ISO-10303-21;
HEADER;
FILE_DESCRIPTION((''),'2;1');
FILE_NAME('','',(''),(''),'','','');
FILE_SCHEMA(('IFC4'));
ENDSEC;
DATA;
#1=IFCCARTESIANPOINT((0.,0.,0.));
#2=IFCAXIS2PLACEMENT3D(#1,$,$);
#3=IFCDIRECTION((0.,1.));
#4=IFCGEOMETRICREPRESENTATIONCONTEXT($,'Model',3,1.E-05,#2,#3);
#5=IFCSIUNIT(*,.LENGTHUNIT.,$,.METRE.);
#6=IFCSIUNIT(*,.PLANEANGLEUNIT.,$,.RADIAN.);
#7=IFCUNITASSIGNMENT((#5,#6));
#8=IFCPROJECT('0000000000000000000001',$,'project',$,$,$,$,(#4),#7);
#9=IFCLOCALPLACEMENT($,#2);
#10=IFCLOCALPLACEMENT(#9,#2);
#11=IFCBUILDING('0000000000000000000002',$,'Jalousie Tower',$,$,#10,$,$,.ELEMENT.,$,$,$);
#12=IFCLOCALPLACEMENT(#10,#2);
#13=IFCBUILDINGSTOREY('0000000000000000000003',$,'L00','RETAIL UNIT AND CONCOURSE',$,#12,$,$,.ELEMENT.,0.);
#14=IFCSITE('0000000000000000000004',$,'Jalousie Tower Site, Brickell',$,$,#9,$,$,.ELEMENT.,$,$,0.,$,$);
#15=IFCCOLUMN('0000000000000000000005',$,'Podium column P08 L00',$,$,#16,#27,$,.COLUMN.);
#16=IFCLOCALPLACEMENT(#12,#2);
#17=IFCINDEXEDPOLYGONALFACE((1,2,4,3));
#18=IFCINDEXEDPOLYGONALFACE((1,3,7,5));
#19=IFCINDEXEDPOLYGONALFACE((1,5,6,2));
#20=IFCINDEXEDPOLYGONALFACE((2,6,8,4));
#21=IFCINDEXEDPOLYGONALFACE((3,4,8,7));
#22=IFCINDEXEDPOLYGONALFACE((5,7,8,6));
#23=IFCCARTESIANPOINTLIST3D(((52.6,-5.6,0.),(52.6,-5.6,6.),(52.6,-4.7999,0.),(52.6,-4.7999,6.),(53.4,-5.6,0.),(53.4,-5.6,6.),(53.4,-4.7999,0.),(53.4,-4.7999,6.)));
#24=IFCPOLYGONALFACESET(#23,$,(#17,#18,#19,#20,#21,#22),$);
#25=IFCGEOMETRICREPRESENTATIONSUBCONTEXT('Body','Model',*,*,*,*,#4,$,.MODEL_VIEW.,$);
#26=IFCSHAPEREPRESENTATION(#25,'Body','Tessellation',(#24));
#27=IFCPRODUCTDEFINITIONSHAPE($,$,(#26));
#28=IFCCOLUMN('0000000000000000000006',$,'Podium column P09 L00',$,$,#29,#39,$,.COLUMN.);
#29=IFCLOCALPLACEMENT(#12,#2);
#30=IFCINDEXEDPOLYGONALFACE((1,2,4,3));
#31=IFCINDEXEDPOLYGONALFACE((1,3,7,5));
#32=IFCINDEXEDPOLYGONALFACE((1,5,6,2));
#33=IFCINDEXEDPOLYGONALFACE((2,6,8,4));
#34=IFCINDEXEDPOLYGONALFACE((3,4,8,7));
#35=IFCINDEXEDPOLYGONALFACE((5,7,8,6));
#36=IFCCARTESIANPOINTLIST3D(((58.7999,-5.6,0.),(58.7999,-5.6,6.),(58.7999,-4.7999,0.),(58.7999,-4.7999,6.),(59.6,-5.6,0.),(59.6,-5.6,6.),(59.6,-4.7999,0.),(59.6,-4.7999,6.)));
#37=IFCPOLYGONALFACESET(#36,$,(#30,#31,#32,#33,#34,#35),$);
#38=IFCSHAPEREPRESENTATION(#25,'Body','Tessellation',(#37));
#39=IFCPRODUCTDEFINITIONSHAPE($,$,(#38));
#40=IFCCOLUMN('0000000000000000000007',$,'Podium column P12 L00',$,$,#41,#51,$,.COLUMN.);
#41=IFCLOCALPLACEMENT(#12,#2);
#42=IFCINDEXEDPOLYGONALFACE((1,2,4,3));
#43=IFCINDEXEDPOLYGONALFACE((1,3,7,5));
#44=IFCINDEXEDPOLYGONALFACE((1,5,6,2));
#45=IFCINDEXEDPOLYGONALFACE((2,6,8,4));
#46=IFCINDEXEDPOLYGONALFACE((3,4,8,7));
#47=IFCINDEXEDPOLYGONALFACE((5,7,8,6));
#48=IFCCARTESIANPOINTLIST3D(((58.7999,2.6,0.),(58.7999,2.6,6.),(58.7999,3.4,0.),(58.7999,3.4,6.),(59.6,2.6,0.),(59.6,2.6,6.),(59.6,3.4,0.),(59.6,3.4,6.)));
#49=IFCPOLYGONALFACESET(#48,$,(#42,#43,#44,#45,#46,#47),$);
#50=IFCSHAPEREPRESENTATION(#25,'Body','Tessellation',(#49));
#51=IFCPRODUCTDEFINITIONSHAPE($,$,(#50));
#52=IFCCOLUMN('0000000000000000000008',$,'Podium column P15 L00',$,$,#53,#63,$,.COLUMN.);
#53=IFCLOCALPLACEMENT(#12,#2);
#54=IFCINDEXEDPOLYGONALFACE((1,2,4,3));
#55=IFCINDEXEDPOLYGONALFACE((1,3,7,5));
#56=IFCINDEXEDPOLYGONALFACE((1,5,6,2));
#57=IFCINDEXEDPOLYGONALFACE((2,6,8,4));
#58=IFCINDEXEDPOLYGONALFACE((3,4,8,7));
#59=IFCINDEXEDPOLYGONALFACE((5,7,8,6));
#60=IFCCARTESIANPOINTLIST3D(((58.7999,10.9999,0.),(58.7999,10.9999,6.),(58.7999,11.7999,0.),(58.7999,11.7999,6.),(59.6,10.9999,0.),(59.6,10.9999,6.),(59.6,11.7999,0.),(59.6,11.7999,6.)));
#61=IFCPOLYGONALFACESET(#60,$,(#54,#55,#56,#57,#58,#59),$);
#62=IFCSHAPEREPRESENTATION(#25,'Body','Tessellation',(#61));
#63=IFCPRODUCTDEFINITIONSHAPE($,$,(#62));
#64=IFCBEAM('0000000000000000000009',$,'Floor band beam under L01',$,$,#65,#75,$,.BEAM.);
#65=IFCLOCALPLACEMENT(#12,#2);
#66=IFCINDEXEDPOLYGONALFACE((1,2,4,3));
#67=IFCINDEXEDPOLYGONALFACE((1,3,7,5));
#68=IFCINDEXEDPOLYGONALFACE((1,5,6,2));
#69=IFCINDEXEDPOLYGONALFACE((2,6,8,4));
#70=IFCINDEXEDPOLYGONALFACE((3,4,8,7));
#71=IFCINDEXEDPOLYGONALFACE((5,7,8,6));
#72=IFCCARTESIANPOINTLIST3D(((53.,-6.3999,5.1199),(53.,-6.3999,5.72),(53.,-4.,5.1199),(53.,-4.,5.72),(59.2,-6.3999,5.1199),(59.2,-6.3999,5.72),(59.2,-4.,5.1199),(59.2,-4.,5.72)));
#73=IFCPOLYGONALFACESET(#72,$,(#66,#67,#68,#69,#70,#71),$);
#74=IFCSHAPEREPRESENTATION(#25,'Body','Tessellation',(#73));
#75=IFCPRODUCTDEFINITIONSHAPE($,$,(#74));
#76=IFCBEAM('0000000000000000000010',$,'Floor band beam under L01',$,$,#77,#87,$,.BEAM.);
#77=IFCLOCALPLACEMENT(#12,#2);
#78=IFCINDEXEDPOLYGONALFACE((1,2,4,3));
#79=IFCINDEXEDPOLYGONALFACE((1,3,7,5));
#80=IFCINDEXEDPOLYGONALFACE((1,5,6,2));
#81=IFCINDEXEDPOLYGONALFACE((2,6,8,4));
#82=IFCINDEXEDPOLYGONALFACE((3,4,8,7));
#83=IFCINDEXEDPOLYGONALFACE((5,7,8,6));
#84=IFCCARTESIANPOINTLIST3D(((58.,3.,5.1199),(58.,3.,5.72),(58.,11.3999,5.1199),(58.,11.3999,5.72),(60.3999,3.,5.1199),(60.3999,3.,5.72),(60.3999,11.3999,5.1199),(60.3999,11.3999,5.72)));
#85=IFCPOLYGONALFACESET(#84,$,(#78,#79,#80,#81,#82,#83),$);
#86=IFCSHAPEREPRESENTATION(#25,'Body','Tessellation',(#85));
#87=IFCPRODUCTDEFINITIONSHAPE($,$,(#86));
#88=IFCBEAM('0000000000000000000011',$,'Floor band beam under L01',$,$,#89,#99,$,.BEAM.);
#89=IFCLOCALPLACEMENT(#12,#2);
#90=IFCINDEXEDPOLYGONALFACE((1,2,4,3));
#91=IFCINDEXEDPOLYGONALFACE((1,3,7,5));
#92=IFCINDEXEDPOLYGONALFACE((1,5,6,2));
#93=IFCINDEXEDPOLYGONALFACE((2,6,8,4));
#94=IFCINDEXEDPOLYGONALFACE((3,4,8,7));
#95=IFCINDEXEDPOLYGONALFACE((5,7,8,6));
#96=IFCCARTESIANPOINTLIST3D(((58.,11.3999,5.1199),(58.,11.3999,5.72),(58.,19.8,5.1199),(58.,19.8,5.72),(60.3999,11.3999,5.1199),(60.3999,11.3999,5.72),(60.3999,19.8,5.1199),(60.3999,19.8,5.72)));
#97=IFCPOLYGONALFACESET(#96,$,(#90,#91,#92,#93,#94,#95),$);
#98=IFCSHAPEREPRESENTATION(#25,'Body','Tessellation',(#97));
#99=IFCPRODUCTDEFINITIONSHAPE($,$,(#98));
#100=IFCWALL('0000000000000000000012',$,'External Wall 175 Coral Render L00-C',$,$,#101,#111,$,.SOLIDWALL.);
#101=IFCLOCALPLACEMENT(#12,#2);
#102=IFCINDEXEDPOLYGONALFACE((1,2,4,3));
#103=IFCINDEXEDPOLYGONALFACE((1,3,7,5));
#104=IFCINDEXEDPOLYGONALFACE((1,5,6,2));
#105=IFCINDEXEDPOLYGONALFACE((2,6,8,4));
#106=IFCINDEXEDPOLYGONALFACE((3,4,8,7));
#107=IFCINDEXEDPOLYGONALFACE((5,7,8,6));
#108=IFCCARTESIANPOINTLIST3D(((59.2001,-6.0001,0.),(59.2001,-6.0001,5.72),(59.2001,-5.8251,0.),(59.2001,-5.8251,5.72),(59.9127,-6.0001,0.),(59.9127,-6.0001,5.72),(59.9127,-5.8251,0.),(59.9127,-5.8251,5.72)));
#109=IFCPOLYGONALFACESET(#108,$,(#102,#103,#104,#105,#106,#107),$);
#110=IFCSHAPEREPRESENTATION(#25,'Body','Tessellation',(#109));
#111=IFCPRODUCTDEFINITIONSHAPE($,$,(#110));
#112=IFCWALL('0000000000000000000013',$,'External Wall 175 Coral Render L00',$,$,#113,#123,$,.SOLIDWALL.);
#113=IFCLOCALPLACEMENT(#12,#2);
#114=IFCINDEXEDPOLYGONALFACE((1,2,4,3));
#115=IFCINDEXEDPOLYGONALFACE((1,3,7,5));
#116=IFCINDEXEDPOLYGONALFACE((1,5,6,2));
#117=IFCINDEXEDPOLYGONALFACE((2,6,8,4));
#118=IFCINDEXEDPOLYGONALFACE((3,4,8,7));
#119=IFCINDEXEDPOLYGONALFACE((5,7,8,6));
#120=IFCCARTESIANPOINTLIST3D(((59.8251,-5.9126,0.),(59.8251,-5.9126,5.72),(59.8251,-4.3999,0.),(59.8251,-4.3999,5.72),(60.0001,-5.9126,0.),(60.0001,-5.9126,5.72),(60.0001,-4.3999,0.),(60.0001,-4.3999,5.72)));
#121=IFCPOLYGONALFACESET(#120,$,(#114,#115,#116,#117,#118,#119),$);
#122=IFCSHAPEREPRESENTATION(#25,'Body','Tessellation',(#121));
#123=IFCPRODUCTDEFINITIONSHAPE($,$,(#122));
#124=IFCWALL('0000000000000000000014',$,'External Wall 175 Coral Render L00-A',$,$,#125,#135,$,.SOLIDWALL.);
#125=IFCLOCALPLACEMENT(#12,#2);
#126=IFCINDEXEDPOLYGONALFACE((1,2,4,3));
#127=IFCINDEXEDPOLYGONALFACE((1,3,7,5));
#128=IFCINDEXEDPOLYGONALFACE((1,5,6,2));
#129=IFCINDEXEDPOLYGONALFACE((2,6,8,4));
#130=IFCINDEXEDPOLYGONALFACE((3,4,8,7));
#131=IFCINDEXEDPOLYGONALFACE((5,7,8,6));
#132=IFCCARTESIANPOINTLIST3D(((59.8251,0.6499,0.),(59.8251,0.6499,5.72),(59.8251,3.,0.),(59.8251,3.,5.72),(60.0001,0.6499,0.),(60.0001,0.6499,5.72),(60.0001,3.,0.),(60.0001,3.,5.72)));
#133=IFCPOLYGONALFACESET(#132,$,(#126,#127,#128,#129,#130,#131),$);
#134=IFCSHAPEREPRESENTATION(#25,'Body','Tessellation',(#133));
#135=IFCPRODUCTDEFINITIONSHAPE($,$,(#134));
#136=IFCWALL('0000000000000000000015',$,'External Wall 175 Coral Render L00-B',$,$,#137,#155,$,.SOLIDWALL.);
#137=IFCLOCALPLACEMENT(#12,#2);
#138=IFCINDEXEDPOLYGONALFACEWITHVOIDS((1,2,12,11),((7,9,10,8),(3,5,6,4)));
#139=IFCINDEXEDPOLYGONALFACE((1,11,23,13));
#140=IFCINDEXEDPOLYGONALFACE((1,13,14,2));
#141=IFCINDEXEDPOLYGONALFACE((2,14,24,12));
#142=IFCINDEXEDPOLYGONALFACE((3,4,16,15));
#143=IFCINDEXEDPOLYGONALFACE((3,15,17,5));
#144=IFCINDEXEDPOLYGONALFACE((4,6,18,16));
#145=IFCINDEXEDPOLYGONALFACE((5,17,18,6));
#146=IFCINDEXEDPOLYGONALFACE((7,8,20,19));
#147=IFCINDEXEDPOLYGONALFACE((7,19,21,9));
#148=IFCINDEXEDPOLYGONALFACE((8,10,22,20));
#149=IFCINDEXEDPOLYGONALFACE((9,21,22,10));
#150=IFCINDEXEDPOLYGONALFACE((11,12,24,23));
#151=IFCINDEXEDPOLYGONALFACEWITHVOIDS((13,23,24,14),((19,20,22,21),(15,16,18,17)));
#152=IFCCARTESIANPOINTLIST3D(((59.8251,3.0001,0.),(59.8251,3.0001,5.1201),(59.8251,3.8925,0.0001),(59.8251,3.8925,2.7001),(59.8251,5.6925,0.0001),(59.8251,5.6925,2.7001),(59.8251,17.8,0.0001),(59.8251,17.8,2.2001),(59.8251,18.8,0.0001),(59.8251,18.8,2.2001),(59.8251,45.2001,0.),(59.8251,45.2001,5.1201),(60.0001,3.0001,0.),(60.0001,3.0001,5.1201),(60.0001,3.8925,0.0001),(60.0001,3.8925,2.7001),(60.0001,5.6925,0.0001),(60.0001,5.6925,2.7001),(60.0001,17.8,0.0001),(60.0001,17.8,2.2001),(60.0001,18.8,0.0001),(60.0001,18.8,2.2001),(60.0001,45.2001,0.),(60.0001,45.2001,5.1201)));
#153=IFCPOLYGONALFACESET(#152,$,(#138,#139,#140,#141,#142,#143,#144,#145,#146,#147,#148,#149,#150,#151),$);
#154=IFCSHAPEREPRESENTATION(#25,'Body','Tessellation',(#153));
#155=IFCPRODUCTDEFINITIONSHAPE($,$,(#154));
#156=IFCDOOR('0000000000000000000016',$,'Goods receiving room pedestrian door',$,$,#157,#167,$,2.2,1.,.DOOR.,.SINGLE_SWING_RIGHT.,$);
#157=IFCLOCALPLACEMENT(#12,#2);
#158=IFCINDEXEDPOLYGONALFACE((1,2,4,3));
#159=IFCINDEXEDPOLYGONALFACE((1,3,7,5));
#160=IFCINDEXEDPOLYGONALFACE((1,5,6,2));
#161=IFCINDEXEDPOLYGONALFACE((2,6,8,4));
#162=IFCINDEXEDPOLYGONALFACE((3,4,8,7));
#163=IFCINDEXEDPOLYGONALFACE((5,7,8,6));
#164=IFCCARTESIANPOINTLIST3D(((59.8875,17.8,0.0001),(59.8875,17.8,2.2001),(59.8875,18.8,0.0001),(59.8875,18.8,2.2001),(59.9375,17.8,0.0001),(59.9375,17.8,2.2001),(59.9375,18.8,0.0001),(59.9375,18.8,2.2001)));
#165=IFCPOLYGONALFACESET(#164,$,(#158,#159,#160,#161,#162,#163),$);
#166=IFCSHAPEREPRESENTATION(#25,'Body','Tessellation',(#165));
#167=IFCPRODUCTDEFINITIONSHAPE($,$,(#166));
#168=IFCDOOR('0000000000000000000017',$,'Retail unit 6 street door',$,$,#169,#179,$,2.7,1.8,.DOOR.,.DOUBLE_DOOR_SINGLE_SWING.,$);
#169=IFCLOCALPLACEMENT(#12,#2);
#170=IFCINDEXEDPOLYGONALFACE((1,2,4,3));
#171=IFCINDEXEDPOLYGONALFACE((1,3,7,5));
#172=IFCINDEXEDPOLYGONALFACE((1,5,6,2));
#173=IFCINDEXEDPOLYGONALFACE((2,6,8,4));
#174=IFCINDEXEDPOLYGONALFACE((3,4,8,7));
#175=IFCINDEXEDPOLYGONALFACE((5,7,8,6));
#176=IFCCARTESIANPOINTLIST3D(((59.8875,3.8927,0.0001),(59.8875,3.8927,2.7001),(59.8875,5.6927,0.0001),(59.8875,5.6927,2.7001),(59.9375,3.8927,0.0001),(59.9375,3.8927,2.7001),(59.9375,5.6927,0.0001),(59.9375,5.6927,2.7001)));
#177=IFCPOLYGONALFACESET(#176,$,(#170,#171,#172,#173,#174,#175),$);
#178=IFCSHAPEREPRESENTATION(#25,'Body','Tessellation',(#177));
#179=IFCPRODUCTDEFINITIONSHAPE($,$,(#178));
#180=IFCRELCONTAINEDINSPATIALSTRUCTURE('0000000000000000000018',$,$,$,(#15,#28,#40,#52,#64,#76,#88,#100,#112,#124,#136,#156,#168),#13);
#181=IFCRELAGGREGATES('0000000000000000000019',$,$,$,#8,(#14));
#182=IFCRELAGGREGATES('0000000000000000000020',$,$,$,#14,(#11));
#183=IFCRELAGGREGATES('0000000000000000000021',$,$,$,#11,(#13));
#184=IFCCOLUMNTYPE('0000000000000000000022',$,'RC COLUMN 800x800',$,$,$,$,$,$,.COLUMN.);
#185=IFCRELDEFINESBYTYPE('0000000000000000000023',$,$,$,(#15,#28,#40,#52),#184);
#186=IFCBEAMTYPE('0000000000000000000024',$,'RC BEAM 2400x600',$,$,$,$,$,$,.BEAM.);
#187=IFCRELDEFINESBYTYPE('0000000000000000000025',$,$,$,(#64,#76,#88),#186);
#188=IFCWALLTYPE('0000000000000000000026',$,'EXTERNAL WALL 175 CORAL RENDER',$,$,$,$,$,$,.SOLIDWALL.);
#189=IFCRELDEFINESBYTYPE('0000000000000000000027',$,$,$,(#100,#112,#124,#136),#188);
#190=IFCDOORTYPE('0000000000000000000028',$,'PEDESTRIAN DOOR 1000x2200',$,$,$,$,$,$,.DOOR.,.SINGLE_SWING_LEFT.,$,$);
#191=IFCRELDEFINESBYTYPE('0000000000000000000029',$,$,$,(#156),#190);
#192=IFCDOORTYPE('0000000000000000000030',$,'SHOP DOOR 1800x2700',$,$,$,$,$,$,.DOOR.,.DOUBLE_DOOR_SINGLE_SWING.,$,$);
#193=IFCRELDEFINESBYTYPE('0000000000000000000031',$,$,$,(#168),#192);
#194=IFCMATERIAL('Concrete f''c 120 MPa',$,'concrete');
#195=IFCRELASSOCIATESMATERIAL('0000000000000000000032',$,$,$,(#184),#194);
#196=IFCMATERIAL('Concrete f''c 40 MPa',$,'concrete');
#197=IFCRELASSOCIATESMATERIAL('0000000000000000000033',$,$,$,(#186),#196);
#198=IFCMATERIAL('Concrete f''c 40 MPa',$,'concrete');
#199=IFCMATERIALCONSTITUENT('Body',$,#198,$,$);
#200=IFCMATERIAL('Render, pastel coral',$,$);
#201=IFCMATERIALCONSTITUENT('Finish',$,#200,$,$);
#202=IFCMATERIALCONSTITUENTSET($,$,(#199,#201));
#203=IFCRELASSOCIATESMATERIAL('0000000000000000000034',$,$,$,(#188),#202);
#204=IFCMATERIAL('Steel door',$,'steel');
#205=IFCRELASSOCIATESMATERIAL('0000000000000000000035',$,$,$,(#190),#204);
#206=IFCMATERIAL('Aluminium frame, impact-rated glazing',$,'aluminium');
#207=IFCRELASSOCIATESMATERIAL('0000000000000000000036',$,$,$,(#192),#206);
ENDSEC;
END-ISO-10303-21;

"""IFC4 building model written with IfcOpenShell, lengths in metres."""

from ifc_helpers import new_model, si_unit, direction, frame, frame_2d, origin, origin_2d, place, context, subcontext, project, spatial, rectangle, extrude, material, constituent, constituent_set, material_profile, profile_set, type_object, element, fill, save


model = new_model("IFC4")

# Units and contexts
model_context = context("Model", 3, precision=1e-05, world=origin(), true_north=direction((0.0, 1.0)))
body_context = subcontext(model_context, "Body", "Model", "MODEL_VIEW")
ifc_project = project(units=[si_unit("LENGTHUNIT", "METRE"), si_unit("PLANEANGLEUNIT", "RADIAN")], contexts=[model_context])

# Site, building, storey
site_placement = place(None, origin())
site = spatial("IfcSite", under=ifc_project, at=site_placement, Name="Jalousie Tower Site, Brickell", CompositionType="ELEMENT", RefElevation=0.0)
building_placement = place(site_placement, origin())
building = spatial("IfcBuilding", under=site, at=building_placement, Name="Jalousie Tower", CompositionType="ELEMENT")
storey_placement = place(building_placement, origin())
storey = spatial("IfcBuildingStorey", under=building, at=storey_placement, Name="L00", Description="RETAIL UNIT AND CONCOURSE", CompositionType="ELEMENT", Elevation=0.0)

# Columns
ifc_material_1 = material(Name="Concrete f'c 120 MPa", Category="concrete")
ifc_material_profile_1 = material_profile(ifc_material_1, rectangle(XDim=0.8, YDim=0.8, at=origin_2d()), Name="RC 800x800")
ifc_profile_set_1 = profile_set([ifc_material_profile_1], Name="Concrete f'c 120 MPa")
column_type = type_object("IfcColumnType", Name="RC COLUMN 800x800", PredefinedType="COLUMN", material=ifc_profile_set_1)
for number, where, z_axis, x_axis, name in (
    (1, (53.0, -5.2, 0.0), (0.0, 0.0, 1.0), (1.0, 0.0, 0.0), "Podium column P08 L00"),
    (2, (59.2, -5.2, 0.0), (0.0, 0.0, 1.0), (1.0, 0.0, 0.0), "Podium column P09 L00"),
    (3, (59.2, 3.0, 0.0), (0.0, 0.0, 1.0), (1.0, 0.0, 0.0), "Podium column P12 L00"),
    (4, (59.2, 11.3999, 0.0), (0.0, 0.0, 1.0), (1.0, 0.0, 0.0), "Podium column P15 L00"),
):
    element("IfcColumn", number, at=place(storey_placement, frame(where, z_axis=z_axis, x_axis=x_axis)), inside=storey, type_object=column_type, Name=name, PredefinedType="COLUMN", context=body_context, shape_type="SweptSolid", body=[
        extrude(rectangle(XDim=0.8, YDim=0.8, at=origin_2d()), origin(), (0.0, 0.0, 1.0), 6.0),
    ])

# Beams
ifc_material_2 = material(Name="Concrete f'c 40 MPa", Category="concrete")
ifc_material_profile_2 = material_profile(ifc_material_2, rectangle(XDim=2.3999, YDim=0.6001, at=origin_2d()), Name="RC 2400x600")
ifc_profile_set_2 = profile_set([ifc_material_profile_2], Name="Concrete f'c 40 MPa")
beam_type = type_object("IfcBeamType", Name="RC BEAM 2400x600", PredefinedType="BEAM", material=ifc_profile_set_2)
beam_1_placement = place(storey_placement, frame((53.0, -5.2, 5.4199), z_axis=(1.0, 0.0, 0.0), x_axis=(0.0, 1.0, 0.0)))
element("IfcBeam", 5, at=beam_1_placement, inside=storey, type_object=beam_type, Name="Floor band beam under L01", PredefinedType="BEAM", context=body_context, shape_type="SweptSolid", body=[
    extrude(rectangle(XDim=2.3999, YDim=0.6001, at=origin_2d()), origin(), (0.0, 0.0, 1.0), 6.2),
])
beam_2_placement = place(storey_placement, frame((59.2, 3.0, 5.4199), z_axis=(0.0, 1.0, 0.0), x_axis=(-1.0, 0.0, 0.0)))
element("IfcBeam", 6, at=beam_2_placement, inside=storey, type_object=beam_type, Name="Floor band beam under L01", PredefinedType="BEAM", context=body_context, shape_type="SweptSolid", body=[
    extrude(rectangle(XDim=2.3999, YDim=0.6001, at=origin_2d()), origin(), (0.0, 0.0, 1.0), 8.3999),
])
beam_3_placement = place(storey_placement, frame((59.2, 11.3999, 5.4199), z_axis=(0.0, 1.0, 0.0), x_axis=(-1.0, 0.0, 0.0)))
element("IfcBeam", 7, at=beam_3_placement, inside=storey, type_object=beam_type, Name="Floor band beam under L01", PredefinedType="BEAM", context=body_context, shape_type="SweptSolid", body=[
    extrude(rectangle(XDim=2.3999, YDim=0.6001, at=origin_2d()), origin(), (0.0, 0.0, 1.0), 8.4001),
])

# Walls
ifc_material_3 = material(Name="Concrete f'c 40 MPa", Category="concrete")
ifc_constituent_1 = constituent(ifc_material_3, Name="Body")
ifc_material_4 = material(Name="Render, pastel coral")
ifc_constituent_2 = constituent(ifc_material_4, Name="Finish")
ifc_constituent_set_1 = constituent_set(constituents=[ifc_constituent_1, ifc_constituent_2])
wall_type_1 = type_object("IfcWallType", Name="EXTERNAL WALL 175 CORAL RENDER", PredefinedType="SOLIDWALL", material=ifc_constituent_set_1)
wall_1_placement = place(storey_placement, frame((59.2, -5.9126, 0.0), z_axis=(0.0, 0.0, 1.0), x_axis=(1.0, 0.0, 0.0)))
element("IfcWall", 8, at=wall_1_placement, inside=storey, type_object=wall_type_1, Name="External Wall 175 Coral Render L00-C", PredefinedType="SOLIDWALL", context=body_context, shape_type="SweptSolid", body=[
    extrude(rectangle(XDim=0.7126, YDim=0.175, at=frame_2d((0.3564, 0.0))), origin(), (0.0, 0.0, 1.0), 5.72),
])
wall_2_placement = place(storey_placement, frame((59.9126, -5.9126, 0.0), z_axis=(0.0, 0.0, 1.0), x_axis=(0.0, 1.0, 0.0)))
element("IfcWall", 9, at=wall_2_placement, inside=storey, type_object=wall_type_1, Name="External Wall 175 Coral Render L00", PredefinedType="SOLIDWALL", context=body_context, shape_type="SweptSolid", body=[
    extrude(rectangle(XDim=1.5127, YDim=0.175, at=frame_2d((0.7563, 0.0))), origin(), (0.0, 0.0, 1.0), 5.72),
])
wall_3_placement = place(storey_placement, frame((59.9126, 0.6499, 0.0), z_axis=(0.0, 0.0, 1.0), x_axis=(0.0, 1.0, 0.0)))
element("IfcWall", 10, at=wall_3_placement, inside=storey, type_object=wall_type_1, Name="External Wall 175 Coral Render L00-A", PredefinedType="SOLIDWALL", context=body_context, shape_type="SweptSolid", body=[
    extrude(rectangle(XDim=2.3501, YDim=0.175, at=frame_2d((1.175, 0.0))), origin(), (0.0, 0.0, 1.0), 5.72),
])

# Wall, openings, doors
wall_4_placement = place(storey_placement, frame((59.9126, 3.0, 0.0), z_axis=(0.0, 0.0, 1.0), x_axis=(0.0, 1.0, 0.0)))
wall_4 = element("IfcWall", 11, at=wall_4_placement, inside=storey, type_object=wall_type_1, Name="External Wall 175 Coral Render L00-B", PredefinedType="SOLIDWALL", context=body_context, shape_type="SweptSolid", body=[
    extrude(rectangle(XDim=42.2, YDim=0.175, at=frame_2d((21.1001, 0.0))), origin(), (0.0, 0.0, 1.0), 5.1201),
])
opening_1_placement = place(wall_4_placement, frame((0.8926, 0.0, 0.0)))
opening_1 = element("IfcOpeningElement", 12, at=opening_1_placement, cuts=wall_4, PredefinedType="OPENING", context=body_context, shape_type="SweptSolid", body=[
    extrude(rectangle(XDim=1.8, YDim=2.7, at=frame_2d((0.8999, 1.3501))), frame((0.0, 0.0974, 0.0), z_axis=(0.0, -1.0, 0.0), x_axis=(1.0, 0.0, 0.0)), (0.0, 0.0, 1.0), 0.1951),
])
opening_2_placement = place(wall_4_placement, frame((14.8, 0.0, 0.0)))
opening_2 = element("IfcOpeningElement", 13, at=opening_2_placement, cuts=wall_4, PredefinedType="OPENING", context=body_context, shape_type="SweptSolid", body=[
    extrude(rectangle(XDim=1.0, YDim=2.2, at=frame_2d((0.5, 1.1001))), frame((0.0, 0.0974, 0.0), z_axis=(0.0, -1.0, 0.0), x_axis=(1.0, 0.0, 0.0)), (0.0, 0.0, 1.0), 0.1951),
])
ifc_material_5 = material(Name="Steel door", Category="steel")
door_type_1 = type_object("IfcDoorType", Name="PEDESTRIAN DOOR 1000x2200", OperationType="SINGLE_SWING_LEFT", PredefinedType="DOOR", material=ifc_material_5)
door_1_placement = place(opening_2_placement, frame((1.0, 0.0, 0.0), z_axis=(0.0, 0.0, 1.0), x_axis=(-1.0, 0.0, 0.0)))
door_1 = element("IfcDoor", 14, at=door_1_placement, inside=storey, type_object=door_type_1, Name="Goods receiving room pedestrian door", OperationType="SINGLE_SWING_RIGHT", OverallHeight=2.2, OverallWidth=1.0, PredefinedType="DOOR", context=body_context, shape_type="SweptSolid", body=[
    extrude(rectangle(XDim=1.0, YDim=2.2, at=frame_2d((0.5, 1.1001))), frame((0.0, 0.0249, 0.0), z_axis=(0.0, -1.0, 0.0), x_axis=(1.0, 0.0, 0.0)), (0.0, 0.0, 1.0), 0.05),
])
fill(opening_2, door_1)
ifc_material_6 = material(Name="Aluminium frame, impact-rated glazing", Category="aluminium")
door_type_2 = type_object("IfcDoorType", Name="SHOP DOOR 1800x2700", OperationType="DOUBLE_DOOR_SINGLE_SWING", PredefinedType="DOOR", material=ifc_material_6)
door_2_placement = place(opening_1_placement, frame((1.8, 0.0, 0.0), z_axis=(0.0, 0.0, 1.0), x_axis=(-1.0, 0.0, 0.0)))
door_2 = element("IfcDoor", 15, at=door_2_placement, inside=storey, type_object=door_type_2, Name="Retail unit 6 street door", OperationType="DOUBLE_DOOR_SINGLE_SWING", OverallHeight=2.7, OverallWidth=1.8, PredefinedType="DOOR", context=body_context, shape_type="SweptSolid", body=[
    extrude(rectangle(XDim=1.8, YDim=2.7, at=frame_2d((0.8999, 1.3501))), frame((0.0, 0.0249, 0.0), z_axis=(0.0, -1.0, 0.0), x_axis=(1.0, 0.0, 0.0)), (0.0, 0.0, 1.0), 0.05),
])
fill(opening_1, door_2)

save(model, "model.ifc")
